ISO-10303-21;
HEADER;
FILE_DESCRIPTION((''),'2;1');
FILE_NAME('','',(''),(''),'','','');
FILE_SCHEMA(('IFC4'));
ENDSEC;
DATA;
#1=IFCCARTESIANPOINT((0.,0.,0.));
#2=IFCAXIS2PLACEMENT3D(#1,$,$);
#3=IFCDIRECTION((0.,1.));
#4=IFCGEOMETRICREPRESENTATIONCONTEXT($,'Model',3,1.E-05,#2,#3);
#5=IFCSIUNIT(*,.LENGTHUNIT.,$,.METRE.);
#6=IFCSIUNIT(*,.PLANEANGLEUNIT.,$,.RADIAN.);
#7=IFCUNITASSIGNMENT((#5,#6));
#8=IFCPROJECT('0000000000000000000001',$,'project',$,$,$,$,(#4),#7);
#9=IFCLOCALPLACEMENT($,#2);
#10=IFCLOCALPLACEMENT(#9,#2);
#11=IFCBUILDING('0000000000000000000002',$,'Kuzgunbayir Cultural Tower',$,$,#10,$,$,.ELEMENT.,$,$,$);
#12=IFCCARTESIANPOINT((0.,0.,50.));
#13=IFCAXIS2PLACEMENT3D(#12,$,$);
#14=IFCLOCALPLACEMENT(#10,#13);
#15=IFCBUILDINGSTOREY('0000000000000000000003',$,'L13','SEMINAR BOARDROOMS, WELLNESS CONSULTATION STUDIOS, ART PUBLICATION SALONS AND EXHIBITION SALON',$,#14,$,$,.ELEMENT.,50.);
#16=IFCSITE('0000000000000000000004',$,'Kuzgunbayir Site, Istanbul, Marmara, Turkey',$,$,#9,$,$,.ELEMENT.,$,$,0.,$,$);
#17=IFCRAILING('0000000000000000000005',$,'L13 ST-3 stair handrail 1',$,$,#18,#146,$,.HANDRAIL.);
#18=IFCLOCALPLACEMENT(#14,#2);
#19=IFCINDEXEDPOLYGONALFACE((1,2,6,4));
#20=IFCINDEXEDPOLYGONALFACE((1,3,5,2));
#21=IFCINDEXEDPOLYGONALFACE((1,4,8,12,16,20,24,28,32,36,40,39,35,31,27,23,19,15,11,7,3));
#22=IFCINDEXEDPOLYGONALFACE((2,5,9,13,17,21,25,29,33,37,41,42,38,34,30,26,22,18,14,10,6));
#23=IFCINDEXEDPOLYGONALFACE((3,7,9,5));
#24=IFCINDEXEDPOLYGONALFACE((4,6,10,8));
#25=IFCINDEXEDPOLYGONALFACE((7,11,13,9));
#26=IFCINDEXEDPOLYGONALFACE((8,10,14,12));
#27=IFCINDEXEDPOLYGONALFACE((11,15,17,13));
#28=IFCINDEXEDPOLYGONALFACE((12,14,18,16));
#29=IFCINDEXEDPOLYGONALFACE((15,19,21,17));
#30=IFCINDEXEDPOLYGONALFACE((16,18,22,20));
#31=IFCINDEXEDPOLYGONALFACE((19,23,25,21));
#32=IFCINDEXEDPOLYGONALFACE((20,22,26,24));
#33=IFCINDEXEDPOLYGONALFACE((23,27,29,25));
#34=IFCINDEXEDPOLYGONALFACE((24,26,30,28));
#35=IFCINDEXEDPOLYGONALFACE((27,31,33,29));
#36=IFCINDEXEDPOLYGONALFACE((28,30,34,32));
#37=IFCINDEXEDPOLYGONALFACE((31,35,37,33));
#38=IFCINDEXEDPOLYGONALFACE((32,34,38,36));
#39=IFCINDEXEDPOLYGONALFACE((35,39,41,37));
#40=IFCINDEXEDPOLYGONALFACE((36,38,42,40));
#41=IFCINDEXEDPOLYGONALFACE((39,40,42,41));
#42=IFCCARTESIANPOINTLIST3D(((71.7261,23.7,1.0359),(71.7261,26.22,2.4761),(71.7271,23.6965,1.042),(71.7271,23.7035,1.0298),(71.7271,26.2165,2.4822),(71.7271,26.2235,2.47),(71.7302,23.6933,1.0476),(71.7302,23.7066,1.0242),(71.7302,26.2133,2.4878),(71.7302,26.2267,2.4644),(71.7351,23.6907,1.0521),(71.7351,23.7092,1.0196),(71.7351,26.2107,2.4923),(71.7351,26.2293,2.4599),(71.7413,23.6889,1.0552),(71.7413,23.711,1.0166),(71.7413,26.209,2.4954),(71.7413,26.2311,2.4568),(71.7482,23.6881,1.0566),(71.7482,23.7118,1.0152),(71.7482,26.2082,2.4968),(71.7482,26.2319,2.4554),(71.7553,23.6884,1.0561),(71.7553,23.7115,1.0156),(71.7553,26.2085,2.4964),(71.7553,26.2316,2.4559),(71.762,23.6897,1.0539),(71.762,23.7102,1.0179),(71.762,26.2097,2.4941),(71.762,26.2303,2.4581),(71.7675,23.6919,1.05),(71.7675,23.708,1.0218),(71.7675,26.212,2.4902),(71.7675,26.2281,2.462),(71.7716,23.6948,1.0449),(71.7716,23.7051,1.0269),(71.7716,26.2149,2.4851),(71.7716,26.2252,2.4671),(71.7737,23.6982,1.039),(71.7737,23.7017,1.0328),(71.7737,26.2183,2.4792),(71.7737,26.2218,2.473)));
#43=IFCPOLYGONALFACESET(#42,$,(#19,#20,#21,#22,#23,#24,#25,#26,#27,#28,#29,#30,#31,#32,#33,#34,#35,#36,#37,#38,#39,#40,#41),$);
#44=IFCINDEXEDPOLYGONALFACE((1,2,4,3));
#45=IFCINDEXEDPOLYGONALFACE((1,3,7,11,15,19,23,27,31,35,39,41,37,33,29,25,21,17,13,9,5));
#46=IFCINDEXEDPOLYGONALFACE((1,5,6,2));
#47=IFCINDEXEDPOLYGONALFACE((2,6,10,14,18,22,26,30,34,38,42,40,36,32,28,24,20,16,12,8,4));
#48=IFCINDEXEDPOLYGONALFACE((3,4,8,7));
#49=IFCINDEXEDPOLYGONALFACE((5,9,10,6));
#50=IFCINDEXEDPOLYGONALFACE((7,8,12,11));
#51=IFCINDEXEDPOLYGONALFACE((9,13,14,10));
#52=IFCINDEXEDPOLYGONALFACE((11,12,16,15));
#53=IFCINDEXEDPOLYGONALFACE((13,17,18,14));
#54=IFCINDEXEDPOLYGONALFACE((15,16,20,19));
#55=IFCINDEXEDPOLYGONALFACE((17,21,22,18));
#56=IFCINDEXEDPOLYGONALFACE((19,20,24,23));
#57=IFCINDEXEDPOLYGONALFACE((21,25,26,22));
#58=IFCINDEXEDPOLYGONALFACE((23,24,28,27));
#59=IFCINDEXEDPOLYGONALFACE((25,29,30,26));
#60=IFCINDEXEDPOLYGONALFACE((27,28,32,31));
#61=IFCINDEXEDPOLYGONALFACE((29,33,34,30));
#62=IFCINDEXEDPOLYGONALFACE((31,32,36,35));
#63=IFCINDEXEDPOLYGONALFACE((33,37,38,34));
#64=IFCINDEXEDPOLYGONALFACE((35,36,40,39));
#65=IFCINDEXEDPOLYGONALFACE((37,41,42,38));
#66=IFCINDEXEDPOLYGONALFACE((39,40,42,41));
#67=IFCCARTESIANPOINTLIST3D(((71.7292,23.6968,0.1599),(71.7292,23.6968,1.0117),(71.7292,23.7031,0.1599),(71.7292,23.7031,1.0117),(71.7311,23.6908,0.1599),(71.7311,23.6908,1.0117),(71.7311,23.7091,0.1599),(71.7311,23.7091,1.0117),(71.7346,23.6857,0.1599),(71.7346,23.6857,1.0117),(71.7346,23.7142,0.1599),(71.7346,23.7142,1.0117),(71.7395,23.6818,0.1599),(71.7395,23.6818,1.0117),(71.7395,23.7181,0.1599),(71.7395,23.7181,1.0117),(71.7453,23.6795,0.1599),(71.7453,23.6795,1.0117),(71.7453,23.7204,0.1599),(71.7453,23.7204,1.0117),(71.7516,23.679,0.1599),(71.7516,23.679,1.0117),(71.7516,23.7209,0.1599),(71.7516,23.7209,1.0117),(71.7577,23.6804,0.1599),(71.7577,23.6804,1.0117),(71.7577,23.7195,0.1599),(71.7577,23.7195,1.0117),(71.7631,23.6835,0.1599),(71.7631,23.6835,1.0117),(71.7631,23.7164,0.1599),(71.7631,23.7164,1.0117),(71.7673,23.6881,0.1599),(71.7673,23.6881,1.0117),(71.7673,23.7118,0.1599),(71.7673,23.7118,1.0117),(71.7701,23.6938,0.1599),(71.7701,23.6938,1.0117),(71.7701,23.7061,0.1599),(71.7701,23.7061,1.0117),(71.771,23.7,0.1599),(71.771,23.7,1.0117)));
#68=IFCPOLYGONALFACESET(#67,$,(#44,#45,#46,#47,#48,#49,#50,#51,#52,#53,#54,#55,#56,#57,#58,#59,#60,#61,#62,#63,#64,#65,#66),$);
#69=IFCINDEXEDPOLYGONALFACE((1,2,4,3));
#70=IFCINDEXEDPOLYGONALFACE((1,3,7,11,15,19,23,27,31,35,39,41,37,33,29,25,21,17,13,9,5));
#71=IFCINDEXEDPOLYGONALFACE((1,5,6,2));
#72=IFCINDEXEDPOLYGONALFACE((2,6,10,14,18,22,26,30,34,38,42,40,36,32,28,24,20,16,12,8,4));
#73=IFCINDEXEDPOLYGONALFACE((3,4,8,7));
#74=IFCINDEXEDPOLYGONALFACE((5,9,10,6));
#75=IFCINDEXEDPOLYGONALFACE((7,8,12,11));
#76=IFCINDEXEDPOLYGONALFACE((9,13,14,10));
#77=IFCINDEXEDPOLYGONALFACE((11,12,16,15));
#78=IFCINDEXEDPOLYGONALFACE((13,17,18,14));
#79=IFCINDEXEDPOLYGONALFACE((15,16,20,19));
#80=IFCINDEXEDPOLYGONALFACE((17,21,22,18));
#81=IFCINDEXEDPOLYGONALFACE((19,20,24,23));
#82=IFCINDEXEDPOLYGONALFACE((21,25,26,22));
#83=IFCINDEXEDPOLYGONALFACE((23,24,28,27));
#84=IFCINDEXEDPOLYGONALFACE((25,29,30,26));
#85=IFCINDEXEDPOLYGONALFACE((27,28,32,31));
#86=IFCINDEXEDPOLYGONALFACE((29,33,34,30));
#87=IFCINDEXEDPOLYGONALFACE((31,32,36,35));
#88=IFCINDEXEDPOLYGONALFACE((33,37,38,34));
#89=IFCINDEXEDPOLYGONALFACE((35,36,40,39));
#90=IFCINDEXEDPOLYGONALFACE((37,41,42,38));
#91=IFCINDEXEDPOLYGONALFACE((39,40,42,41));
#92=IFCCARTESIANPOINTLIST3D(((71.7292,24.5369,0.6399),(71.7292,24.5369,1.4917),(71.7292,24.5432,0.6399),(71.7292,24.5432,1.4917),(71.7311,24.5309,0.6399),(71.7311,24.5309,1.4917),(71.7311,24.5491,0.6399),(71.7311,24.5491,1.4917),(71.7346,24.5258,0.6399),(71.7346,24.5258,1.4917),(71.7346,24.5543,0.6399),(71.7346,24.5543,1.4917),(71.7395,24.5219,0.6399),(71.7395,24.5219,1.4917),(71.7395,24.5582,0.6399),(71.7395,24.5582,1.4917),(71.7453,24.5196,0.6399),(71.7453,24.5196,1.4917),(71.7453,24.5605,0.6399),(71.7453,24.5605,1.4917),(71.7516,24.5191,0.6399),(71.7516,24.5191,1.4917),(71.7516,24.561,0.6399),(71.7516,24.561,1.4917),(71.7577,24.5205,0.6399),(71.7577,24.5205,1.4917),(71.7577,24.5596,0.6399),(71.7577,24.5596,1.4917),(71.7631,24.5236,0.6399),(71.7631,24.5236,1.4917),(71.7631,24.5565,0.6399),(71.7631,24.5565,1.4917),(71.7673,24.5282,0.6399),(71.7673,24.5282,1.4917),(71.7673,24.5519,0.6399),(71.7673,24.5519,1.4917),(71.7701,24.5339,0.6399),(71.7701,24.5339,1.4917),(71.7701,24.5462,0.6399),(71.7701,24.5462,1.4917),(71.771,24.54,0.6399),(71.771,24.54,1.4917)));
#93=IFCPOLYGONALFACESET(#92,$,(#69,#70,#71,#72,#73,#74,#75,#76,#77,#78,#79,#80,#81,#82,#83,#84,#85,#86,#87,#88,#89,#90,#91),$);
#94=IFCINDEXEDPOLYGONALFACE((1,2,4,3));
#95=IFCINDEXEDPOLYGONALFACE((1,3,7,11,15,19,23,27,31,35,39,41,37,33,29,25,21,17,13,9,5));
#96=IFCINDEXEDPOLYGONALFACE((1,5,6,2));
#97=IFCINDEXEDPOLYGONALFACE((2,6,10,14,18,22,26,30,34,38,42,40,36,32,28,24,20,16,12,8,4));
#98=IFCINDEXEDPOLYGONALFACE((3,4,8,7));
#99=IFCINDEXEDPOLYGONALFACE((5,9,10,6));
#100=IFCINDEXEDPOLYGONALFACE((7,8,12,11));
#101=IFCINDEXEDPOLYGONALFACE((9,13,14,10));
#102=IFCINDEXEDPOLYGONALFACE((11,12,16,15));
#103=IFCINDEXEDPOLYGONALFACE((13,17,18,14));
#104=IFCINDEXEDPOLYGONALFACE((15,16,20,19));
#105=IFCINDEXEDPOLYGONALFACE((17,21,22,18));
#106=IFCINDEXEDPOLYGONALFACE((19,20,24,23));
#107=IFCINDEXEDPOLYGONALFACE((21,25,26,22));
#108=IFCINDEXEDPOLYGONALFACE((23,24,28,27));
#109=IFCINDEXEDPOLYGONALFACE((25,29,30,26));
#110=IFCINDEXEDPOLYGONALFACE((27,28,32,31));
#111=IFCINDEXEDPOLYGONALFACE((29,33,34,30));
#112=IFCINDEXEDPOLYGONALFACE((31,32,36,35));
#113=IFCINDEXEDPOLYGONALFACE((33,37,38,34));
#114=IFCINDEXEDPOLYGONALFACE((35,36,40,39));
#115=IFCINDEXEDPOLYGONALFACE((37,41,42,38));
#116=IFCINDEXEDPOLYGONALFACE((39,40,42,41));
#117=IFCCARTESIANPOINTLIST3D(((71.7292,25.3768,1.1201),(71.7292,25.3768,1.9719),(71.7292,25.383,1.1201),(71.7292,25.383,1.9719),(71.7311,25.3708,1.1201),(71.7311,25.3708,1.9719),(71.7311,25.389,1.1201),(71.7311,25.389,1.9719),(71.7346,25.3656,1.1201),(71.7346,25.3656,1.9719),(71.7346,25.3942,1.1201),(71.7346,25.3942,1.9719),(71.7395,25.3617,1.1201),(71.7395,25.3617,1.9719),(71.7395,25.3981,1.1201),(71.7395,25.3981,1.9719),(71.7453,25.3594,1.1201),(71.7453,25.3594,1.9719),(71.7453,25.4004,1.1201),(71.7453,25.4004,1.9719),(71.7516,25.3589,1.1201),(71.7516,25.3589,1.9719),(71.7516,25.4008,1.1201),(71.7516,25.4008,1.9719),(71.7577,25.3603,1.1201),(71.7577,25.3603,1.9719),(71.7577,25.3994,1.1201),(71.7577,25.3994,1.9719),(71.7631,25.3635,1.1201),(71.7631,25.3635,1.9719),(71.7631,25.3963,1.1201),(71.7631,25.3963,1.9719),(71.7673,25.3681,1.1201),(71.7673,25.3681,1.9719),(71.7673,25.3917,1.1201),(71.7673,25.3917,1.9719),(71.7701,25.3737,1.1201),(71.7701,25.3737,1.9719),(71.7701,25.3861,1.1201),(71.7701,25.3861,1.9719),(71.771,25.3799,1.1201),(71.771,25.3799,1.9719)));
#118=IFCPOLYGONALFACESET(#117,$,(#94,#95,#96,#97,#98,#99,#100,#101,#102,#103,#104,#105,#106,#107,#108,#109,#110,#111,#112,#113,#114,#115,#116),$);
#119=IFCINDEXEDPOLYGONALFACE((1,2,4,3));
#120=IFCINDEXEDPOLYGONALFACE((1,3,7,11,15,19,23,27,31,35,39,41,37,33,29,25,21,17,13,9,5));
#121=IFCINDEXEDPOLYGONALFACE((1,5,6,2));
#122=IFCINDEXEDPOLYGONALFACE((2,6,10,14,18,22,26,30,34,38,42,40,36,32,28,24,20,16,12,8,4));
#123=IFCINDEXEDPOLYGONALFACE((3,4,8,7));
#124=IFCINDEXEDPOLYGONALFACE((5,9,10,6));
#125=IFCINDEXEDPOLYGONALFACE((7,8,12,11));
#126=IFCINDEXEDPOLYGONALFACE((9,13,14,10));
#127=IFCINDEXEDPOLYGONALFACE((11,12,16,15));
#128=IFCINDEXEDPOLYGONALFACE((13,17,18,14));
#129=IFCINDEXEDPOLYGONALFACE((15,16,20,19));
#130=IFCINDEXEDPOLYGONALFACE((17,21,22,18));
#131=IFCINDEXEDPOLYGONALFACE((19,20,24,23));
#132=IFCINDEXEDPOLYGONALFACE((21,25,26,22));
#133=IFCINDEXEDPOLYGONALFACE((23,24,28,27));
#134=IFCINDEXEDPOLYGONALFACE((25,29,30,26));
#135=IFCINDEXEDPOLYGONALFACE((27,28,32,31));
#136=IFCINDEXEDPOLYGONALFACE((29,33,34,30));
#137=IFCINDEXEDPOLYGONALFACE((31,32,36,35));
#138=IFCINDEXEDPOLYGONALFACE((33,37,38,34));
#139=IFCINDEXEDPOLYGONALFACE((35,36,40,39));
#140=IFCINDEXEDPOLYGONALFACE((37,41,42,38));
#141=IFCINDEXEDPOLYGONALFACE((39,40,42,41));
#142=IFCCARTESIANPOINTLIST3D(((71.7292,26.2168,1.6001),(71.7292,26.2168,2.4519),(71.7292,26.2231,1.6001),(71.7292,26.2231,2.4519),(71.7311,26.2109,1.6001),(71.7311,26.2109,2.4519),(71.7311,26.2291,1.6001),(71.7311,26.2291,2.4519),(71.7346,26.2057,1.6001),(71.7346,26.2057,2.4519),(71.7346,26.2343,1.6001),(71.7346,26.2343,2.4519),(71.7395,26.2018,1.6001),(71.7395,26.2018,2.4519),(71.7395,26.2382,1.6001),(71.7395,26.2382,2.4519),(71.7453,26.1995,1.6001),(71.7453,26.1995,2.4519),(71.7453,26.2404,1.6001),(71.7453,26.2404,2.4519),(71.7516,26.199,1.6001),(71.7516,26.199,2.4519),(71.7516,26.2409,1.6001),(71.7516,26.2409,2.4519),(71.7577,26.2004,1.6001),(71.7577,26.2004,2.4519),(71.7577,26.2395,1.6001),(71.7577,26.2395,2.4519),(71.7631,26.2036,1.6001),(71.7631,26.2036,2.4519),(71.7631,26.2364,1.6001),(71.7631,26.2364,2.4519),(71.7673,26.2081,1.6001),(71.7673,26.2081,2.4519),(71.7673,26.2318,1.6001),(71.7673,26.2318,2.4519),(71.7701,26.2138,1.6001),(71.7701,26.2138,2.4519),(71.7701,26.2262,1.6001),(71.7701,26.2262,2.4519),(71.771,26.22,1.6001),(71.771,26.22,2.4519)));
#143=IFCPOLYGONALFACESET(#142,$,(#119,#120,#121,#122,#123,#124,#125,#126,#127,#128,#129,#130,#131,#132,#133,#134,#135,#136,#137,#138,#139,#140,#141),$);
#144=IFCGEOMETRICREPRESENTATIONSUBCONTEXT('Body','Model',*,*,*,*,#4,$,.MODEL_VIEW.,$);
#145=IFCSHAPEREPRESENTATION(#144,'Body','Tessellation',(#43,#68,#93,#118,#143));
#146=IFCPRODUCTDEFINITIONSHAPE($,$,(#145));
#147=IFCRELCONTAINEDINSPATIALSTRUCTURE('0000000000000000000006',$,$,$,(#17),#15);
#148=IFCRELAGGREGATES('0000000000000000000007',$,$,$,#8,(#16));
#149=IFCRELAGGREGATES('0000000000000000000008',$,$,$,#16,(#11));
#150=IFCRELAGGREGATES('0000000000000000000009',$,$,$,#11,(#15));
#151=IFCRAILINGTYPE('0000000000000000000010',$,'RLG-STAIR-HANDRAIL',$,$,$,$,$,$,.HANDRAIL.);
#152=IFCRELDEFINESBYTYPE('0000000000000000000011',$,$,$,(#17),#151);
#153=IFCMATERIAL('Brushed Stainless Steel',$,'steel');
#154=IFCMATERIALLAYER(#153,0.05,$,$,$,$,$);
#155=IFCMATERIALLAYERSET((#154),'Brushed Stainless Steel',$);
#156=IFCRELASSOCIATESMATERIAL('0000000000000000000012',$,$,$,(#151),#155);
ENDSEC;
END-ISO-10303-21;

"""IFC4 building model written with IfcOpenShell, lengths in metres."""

from ifc_helpers import new_model, si_unit, direction, frame, origin, origin_2d, place, context, subcontext, project, spatial, circle, extrude, material, layer, layer_set, type_object, element, save


model = new_model("IFC4")

# Units and contexts
model_context = context("Model", 3, precision=1e-05, world=origin(), true_north=direction((0.0, 1.0)))
body_context = subcontext(model_context, "Body", "Model", "MODEL_VIEW")
ifc_project = project(units=[si_unit("LENGTHUNIT", "METRE"), si_unit("PLANEANGLEUNIT", "RADIAN")], contexts=[model_context])

# Site, building, storey
site_placement = place(None, origin())
site = spatial("IfcSite", under=ifc_project, at=site_placement, Name="Kuzgunbayir Site, Istanbul, Marmara, Turkey", CompositionType="ELEMENT", RefElevation=0.0)
building_placement = place(site_placement, origin())
building = spatial("IfcBuilding", under=site, at=building_placement, Name="Kuzgunbayir Cultural Tower", CompositionType="ELEMENT")
storey_placement = place(building_placement, frame((0.0, 0.0, 50.0)))
storey = spatial("IfcBuildingStorey", under=building, at=storey_placement, Name="L13", Description="SEMINAR BOARDROOMS, WELLNESS CONSULTATION STUDIOS, ART PUBLICATION SALONS AND EXHIBITION SALON", CompositionType="ELEMENT", Elevation=50.0)

# Railing
ifc_material_1 = material(Name="Brushed Stainless Steel", Category="steel")
ifc_layer_1 = layer(ifc_material_1, 0.05)
ifc_layer_set_1 = layer_set([ifc_layer_1], Name="Brushed Stainless Steel")
railing_type_1 = type_object("IfcRailingType", Name="RLG-STAIR-HANDRAIL", PredefinedType="HANDRAIL", material=ifc_layer_set_1)
railing_1_placement = place(storey_placement, frame((71.75, 23.7, 0.1599)))
element("IfcRailing", 1, at=railing_1_placement, inside=storey, type_object=railing_type_1, Name="L13 ST-3 stair handrail 1", PredefinedType="HANDRAIL", context=body_context, shape_type="SweptSolid", body=[
    extrude(circle(Radius=0.0239, at=origin_2d()), frame((0.0, 0.0, 0.876), z_axis=(0.0, 0.868217, 0.496184), x_axis=(-1.0, 0.0, 0.0)), (0.0, 0.0, 1.0), 2.9026),
    extrude(circle(Radius=0.021, at=origin_2d()), origin(), (0.0, 0.0, 1.0), 0.8518),
    extrude(circle(Radius=0.021, at=origin_2d()), frame((0.0, 0.8401, 0.48)), (0.0, 0.0, 1.0), 0.8518),
    extrude(circle(Radius=0.021, at=origin_2d()), frame((0.0, 1.6799, 0.9602)), (0.0, 0.0, 1.0), 0.8518),
    extrude(circle(Radius=0.021, at=origin_2d()), frame((0.0, 2.52, 1.4402)), (0.0, 0.0, 1.0), 0.8518),
])

save(model, "model.ifc")
